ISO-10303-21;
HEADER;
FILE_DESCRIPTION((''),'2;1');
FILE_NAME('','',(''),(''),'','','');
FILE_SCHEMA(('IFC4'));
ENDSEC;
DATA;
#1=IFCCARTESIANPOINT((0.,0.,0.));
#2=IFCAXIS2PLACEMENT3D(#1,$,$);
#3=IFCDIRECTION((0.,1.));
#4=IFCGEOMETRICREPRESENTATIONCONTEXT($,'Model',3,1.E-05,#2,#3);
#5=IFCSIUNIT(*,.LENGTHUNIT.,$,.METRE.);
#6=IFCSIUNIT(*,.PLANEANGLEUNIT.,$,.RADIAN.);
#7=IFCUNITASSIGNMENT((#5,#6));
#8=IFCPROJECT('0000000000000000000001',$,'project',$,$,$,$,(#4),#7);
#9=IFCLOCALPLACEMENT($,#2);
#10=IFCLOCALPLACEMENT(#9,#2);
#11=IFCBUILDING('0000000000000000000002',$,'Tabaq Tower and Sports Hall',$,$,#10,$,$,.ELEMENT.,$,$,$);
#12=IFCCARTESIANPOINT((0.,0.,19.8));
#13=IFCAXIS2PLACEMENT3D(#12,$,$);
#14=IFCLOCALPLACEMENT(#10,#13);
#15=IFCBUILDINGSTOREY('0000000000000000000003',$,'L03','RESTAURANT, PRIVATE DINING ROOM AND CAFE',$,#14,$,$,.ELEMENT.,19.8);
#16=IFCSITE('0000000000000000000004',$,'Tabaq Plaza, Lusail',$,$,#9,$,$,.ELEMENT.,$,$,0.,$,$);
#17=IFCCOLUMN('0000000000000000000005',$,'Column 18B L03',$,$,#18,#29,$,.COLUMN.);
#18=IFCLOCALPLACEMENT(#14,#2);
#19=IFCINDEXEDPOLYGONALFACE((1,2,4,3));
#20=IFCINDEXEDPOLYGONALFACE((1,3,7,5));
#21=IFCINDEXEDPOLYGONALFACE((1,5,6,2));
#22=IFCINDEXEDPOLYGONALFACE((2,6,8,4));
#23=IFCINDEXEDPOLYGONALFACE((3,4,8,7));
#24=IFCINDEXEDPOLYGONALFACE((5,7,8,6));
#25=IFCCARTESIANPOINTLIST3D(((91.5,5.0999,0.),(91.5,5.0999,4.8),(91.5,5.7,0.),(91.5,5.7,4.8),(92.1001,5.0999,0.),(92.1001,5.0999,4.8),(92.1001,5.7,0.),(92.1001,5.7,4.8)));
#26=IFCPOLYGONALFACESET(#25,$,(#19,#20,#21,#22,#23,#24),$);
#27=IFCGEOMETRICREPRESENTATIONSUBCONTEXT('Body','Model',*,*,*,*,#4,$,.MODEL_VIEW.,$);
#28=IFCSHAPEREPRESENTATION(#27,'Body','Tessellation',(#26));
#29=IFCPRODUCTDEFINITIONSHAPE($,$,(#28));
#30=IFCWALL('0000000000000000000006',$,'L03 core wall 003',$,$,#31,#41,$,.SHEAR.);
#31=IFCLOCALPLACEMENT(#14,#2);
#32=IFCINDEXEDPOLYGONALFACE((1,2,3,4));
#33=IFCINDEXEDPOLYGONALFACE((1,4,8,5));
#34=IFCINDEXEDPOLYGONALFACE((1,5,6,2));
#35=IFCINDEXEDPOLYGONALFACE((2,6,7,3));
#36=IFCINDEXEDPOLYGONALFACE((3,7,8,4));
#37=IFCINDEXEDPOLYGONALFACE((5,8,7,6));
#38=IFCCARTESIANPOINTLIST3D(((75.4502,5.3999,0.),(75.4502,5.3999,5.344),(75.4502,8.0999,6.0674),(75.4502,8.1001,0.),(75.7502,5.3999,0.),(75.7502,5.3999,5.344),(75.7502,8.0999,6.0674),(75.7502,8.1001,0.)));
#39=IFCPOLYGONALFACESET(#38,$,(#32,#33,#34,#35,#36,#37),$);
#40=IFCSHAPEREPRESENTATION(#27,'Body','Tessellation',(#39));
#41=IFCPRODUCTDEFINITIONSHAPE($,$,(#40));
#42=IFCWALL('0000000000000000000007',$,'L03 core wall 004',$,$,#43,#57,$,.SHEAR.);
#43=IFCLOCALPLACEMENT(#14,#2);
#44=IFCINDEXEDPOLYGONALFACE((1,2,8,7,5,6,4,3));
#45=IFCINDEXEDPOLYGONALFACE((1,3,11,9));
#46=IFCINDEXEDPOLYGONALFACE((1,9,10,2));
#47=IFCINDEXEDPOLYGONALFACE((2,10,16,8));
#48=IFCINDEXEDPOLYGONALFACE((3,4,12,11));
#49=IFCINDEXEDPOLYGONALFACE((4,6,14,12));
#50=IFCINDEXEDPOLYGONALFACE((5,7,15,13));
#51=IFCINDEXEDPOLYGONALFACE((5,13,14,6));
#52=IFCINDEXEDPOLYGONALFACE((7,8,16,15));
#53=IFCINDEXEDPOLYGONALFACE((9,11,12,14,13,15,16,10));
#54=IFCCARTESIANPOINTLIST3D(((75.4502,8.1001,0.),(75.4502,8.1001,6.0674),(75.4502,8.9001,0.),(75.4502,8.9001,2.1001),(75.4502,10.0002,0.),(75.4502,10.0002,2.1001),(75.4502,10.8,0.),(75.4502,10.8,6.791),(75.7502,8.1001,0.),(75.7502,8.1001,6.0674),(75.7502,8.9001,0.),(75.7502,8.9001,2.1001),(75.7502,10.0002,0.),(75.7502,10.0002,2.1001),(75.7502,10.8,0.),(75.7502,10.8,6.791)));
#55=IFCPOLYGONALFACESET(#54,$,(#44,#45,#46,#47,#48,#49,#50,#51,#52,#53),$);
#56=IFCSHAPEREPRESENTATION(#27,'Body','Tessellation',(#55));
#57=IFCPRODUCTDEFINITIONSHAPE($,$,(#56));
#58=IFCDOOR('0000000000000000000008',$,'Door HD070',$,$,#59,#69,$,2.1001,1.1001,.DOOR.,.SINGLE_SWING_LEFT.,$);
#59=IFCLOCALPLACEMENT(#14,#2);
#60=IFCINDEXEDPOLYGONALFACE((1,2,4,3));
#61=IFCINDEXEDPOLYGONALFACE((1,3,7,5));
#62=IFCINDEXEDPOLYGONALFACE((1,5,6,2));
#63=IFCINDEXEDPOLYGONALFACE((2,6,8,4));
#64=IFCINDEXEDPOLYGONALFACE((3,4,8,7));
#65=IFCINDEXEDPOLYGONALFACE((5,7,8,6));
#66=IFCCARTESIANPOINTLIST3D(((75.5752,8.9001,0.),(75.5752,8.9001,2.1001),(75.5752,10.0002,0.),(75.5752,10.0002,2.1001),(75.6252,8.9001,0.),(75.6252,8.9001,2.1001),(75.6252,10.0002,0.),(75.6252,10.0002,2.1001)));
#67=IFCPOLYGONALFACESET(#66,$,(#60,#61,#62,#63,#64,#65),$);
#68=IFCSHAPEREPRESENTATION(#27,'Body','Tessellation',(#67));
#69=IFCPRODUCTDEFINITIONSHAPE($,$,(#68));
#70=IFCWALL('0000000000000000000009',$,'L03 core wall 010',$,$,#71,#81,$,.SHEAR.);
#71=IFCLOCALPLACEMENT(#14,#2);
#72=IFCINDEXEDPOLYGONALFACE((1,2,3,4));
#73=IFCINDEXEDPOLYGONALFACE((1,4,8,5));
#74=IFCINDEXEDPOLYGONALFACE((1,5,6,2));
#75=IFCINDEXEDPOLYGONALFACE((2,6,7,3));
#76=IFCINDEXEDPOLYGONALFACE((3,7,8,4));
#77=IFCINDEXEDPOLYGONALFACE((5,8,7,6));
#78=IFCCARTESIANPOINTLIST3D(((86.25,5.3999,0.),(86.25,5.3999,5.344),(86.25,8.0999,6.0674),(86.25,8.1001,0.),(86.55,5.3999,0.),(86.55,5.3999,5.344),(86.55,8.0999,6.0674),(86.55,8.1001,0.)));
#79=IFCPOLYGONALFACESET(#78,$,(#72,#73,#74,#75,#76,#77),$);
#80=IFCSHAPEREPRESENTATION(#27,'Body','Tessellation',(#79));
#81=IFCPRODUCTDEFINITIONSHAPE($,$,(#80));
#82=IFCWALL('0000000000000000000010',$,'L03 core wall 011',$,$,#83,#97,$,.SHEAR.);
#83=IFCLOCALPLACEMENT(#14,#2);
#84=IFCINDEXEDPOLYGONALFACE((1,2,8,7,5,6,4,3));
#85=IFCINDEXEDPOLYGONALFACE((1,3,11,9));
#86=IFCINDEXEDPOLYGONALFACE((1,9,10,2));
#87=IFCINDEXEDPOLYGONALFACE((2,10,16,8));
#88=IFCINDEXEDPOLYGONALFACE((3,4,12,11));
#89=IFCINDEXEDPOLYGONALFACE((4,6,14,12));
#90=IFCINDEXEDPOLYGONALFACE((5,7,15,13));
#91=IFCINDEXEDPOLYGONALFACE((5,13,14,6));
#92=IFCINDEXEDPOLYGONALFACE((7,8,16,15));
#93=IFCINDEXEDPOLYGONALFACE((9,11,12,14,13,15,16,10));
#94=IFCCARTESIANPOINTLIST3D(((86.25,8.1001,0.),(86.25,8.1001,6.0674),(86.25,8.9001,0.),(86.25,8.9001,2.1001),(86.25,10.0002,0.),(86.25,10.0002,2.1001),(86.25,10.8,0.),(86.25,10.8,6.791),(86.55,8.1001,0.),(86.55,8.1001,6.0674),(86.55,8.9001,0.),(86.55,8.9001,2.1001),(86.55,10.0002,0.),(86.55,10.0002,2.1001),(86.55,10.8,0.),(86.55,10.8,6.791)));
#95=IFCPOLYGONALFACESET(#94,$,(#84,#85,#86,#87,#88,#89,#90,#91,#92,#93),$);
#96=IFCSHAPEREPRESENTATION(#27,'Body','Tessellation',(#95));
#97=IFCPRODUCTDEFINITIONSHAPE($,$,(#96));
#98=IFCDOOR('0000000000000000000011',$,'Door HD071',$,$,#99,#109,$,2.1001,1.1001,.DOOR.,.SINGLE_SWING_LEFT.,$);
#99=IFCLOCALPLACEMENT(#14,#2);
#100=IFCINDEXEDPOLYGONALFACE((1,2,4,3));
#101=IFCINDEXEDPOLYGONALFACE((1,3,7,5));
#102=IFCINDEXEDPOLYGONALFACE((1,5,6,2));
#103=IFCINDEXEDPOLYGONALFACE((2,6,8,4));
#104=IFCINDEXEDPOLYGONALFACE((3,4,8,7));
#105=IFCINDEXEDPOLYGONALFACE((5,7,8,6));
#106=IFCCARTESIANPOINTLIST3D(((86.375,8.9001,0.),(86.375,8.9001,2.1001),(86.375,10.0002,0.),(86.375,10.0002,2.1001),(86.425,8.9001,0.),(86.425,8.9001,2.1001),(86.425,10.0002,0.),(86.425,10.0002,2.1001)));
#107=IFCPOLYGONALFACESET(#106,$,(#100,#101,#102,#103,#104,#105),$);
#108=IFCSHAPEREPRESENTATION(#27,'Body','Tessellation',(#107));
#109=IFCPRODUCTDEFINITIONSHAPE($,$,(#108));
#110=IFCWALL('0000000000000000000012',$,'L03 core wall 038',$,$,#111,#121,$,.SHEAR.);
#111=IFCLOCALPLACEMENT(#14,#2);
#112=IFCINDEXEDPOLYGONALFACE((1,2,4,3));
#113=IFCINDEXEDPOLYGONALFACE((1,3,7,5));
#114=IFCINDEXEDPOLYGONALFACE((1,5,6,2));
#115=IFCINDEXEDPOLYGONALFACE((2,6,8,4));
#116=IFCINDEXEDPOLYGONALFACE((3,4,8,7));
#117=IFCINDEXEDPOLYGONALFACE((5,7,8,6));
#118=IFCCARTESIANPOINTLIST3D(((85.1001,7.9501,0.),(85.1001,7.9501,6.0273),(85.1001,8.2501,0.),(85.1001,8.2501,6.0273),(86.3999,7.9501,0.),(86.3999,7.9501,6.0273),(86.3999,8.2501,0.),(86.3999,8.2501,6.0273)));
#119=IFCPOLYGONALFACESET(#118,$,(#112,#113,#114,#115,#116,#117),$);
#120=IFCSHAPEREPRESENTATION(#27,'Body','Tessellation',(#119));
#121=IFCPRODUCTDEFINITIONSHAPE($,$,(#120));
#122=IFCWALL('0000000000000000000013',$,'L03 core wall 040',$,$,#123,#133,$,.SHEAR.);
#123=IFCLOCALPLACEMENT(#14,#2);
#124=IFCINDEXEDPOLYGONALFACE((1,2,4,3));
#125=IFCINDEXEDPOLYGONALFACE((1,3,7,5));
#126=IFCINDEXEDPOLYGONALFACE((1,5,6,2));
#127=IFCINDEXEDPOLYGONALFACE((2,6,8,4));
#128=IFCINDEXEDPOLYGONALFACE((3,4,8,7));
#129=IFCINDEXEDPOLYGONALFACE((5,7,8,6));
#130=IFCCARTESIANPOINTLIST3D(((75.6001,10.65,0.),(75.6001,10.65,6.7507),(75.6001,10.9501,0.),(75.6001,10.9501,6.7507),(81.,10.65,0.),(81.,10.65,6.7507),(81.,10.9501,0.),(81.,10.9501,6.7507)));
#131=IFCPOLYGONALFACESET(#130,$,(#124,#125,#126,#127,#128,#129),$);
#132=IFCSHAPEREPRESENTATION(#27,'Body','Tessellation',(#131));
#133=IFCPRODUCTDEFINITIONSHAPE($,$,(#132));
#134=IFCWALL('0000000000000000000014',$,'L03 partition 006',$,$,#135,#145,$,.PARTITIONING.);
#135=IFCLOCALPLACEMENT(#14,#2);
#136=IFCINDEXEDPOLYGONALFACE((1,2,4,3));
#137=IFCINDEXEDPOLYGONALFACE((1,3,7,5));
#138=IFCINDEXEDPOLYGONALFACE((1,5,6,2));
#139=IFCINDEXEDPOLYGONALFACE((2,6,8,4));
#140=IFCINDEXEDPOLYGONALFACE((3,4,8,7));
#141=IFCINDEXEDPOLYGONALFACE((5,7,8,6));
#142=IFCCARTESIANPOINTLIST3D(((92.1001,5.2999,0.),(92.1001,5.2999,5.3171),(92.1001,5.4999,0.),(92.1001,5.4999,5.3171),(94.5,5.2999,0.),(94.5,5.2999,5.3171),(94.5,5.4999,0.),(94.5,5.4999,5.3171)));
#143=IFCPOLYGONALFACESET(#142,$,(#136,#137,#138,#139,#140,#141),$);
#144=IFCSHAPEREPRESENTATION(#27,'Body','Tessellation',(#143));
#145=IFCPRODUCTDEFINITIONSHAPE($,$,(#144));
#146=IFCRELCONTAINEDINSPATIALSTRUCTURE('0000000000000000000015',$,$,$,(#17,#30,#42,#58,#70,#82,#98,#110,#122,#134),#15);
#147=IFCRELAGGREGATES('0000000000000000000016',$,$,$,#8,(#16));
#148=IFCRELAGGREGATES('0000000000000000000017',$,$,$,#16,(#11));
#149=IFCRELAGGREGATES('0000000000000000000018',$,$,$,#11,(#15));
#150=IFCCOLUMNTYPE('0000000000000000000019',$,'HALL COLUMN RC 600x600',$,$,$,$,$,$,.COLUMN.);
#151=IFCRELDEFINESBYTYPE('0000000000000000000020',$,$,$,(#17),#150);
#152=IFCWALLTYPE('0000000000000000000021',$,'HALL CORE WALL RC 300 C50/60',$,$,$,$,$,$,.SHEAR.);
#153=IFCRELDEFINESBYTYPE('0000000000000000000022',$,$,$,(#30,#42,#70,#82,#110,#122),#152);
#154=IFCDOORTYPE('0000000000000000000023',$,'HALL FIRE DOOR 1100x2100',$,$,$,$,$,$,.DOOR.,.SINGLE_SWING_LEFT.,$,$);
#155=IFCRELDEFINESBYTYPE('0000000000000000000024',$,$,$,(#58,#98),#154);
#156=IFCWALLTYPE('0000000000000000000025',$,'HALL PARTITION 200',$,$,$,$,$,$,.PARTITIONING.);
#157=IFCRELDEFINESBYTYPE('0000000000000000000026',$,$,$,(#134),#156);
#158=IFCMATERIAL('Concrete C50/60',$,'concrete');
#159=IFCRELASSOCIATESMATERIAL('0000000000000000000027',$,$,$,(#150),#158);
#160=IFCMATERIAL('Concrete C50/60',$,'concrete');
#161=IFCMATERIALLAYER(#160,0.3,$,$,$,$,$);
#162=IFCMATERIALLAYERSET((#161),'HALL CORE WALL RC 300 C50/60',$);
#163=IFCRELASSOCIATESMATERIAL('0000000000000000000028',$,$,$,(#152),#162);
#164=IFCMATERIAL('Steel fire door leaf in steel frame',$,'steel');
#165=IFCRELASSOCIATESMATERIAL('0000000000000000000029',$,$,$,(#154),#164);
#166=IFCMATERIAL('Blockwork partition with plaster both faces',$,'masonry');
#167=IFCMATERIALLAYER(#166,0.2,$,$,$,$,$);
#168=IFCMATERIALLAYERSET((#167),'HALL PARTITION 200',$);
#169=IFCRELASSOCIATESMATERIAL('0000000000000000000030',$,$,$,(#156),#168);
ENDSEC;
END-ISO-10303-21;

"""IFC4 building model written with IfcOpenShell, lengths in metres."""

from ifc_helpers import new_model, si_unit, direction, frame, frame_2d, origin, origin_2d, place, context, subcontext, project, spatial, polyline, rectangle, outline, extrude, material, layer, layer_set, material_profile, profile_set, type_object, element, fill, save


model = new_model("IFC4")

# Units and contexts
model_context = context("Model", 3, precision=1e-05, world=origin(), true_north=direction((0.0, 1.0)))
body_context = subcontext(model_context, "Body", "Model", "MODEL_VIEW")
ifc_project = project(units=[si_unit("LENGTHUNIT", "METRE"), si_unit("PLANEANGLEUNIT", "RADIAN")], contexts=[model_context])

# Site, building, storey
site_placement = place(None, origin())
site = spatial("IfcSite", under=ifc_project, at=site_placement, Name="Tabaq Plaza, Lusail", CompositionType="ELEMENT", RefElevation=0.0)
building_placement = place(site_placement, origin())
building = spatial("IfcBuilding", under=site, at=building_placement, Name="Tabaq Tower and Sports Hall", CompositionType="ELEMENT")
storey_placement = place(building_placement, frame((0.0, 0.0, 19.8)))
storey = spatial("IfcBuildingStorey", under=building, at=storey_placement, Name="L03", Description="RESTAURANT, PRIVATE DINING ROOM AND CAFE", CompositionType="ELEMENT", Elevation=19.8)

# Column
ifc_material_1 = material(Name="Concrete C50/60", Category="concrete")
ifc_material_profile = material_profile(ifc_material_1, rectangle(XDim=0.6001, YDim=0.6001, at=origin_2d()), Name="RC 600x600")
ifc_profile_set = profile_set([ifc_material_profile], Name="Concrete C50/60")
column_type = type_object("IfcColumnType", Name="HALL COLUMN RC 600x600", PredefinedType="COLUMN", material=ifc_profile_set)
column_placement = place(storey_placement, frame((91.8, 5.3999, 0.0), z_axis=(0.0, 0.0, 1.0), x_axis=(1.0, 0.0, 0.0)))
element("IfcColumn", 1, at=column_placement, inside=storey, type_object=column_type, Name="Column 18B L03", PredefinedType="COLUMN", context=body_context, shape_type="SweptSolid", body=[
    extrude(rectangle(XDim=0.6001, YDim=0.6001, at=origin_2d()), origin(), (0.0, 0.0, 1.0), 4.8),
])

# Wall
ifc_material_2 = material(Name="Concrete C50/60", Category="concrete")
ifc_layer_1 = layer(ifc_material_2, 0.3)
ifc_layer_set_1 = layer_set([ifc_layer_1], Name="HALL CORE WALL RC 300 C50/60")
wall_type_1 = type_object("IfcWallType", Name="HALL CORE WALL RC 300 C50/60", PredefinedType="SHEAR", material=ifc_layer_set_1)
wall_1_placement = place(storey_placement, frame((75.6001, 5.3999, 0.0), z_axis=(0.0, 0.0, 1.0), x_axis=(0.0, 1.0, 0.0)))
element("IfcWall", 2, at=wall_1_placement, inside=storey, type_object=wall_type_1, Name="L03 core wall 003", PredefinedType="SHEAR", context=body_context, shape_type="SweptSolid", body=[
    extrude(outline(polyline([(0.0, 0.0), (2.7002, 0.0), (2.7, 6.0674), (0.0, 5.344), (0.0, 0.0)])), frame((0.0, 0.1499, 0.0), z_axis=(0.0, -1.0, 0.0), x_axis=(1.0, 0.0, 0.0)), (0.0, 0.0, 1.0), 0.3),
])

# Wall, opening, door
wall_2_placement = place(storey_placement, frame((75.6001, 8.1001, 0.0), z_axis=(0.0, 0.0, 1.0), x_axis=(0.0, 1.0, 0.0)))
wall_2 = element("IfcWall", 3, at=wall_2_placement, inside=storey, type_object=wall_type_1, Name="L03 core wall 004", PredefinedType="SHEAR", context=body_context, shape_type="SweptSolid", body=[
    extrude(outline(polyline([(0.0, 0.0), (2.7, 0.0), (2.7, 6.791), (0.0, 6.0674), (0.0, 0.0)])), frame((0.0, 0.1499, 0.0), z_axis=(0.0, -1.0, 0.0), x_axis=(1.0, 0.0, 0.0)), (0.0, 0.0, 1.0), 0.3),
])
opening_1_placement = place(wall_2_placement, frame((0.8, 0.0, 0.0)))
opening_1 = element("IfcOpeningElement", 4, at=opening_1_placement, cuts=wall_2, PredefinedType="OPENING", context=body_context, shape_type="SweptSolid", body=[
    extrude(rectangle(XDim=1.1001, YDim=2.1001, at=frame_2d((0.55, 1.05))), frame((0.0, 0.1499, 0.0), z_axis=(0.0, -1.0, 0.0), x_axis=(1.0, 0.0, 0.0)), (0.0, 0.0, 1.0), 0.3),
])
ifc_material_3 = material(Name="Steel fire door leaf in steel frame", Category="steel")
door_type_1 = type_object("IfcDoorType", Name="HALL FIRE DOOR 1100x2100", OperationType="SINGLE_SWING_LEFT", PredefinedType="DOOR", material=ifc_material_3)
door_1_placement = place(opening_1_placement, origin())
door_1 = element("IfcDoor", 5, at=door_1_placement, inside=storey, type_object=door_type_1, Name="Door HD070", OperationType="SINGLE_SWING_LEFT", OverallHeight=2.1001, OverallWidth=1.1001, PredefinedType="DOOR", context=body_context, shape_type="SweptSolid", body=[
    extrude(rectangle(XDim=1.1001, YDim=2.1001, at=frame_2d((0.55, 1.05))), frame((0.0, 0.0249, 0.0), z_axis=(0.0, -1.0, 0.0), x_axis=(1.0, 0.0, 0.0)), (0.0, 0.0, 1.0), 0.05),
])
fill(opening_1, door_1)

# Wall
wall_3_placement = place(storey_placement, frame((86.3999, 5.3999, 0.0), z_axis=(0.0, 0.0, 1.0), x_axis=(0.0, 1.0, 0.0)))
element("IfcWall", 6, at=wall_3_placement, inside=storey, type_object=wall_type_1, Name="L03 core wall 010", PredefinedType="SHEAR", context=body_context, shape_type="SweptSolid", body=[
    extrude(outline(polyline([(0.0, 0.0), (2.7002, 0.0), (2.7, 6.0674), (0.0, 5.344), (0.0, 0.0)])), frame((0.0, 0.1499, 0.0), z_axis=(0.0, -1.0, 0.0), x_axis=(1.0, 0.0, 0.0)), (0.0, 0.0, 1.0), 0.3),
])

# Wall, opening, door
wall_4_placement = place(storey_placement, frame((86.3999, 8.1001, 0.0), z_axis=(0.0, 0.0, 1.0), x_axis=(0.0, 1.0, 0.0)))
wall_4 = element("IfcWall", 7, at=wall_4_placement, inside=storey, type_object=wall_type_1, Name="L03 core wall 011", PredefinedType="SHEAR", context=body_context, shape_type="SweptSolid", body=[
    extrude(outline(polyline([(0.0, 0.0), (2.7, 0.0), (2.7, 6.791), (0.0, 6.0674), (0.0, 0.0)])), frame((0.0, 0.1499, 0.0), z_axis=(0.0, -1.0, 0.0), x_axis=(1.0, 0.0, 0.0)), (0.0, 0.0, 1.0), 0.3),
])
opening_2_placement = place(wall_4_placement, frame((0.8, 0.0, 0.0)))
opening_2 = element("IfcOpeningElement", 8, at=opening_2_placement, cuts=wall_4, PredefinedType="OPENING", context=body_context, shape_type="SweptSolid", body=[
    extrude(rectangle(XDim=1.1001, YDim=2.1001, at=frame_2d((0.55, 1.05))), frame((0.0, 0.1499, 0.0), z_axis=(0.0, -1.0, 0.0), x_axis=(1.0, 0.0, 0.0)), (0.0, 0.0, 1.0), 0.3),
])
door_2_placement = place(opening_2_placement, origin())
door_2 = element("IfcDoor", 9, at=door_2_placement, inside=storey, type_object=door_type_1, Name="Door HD071", OperationType="SINGLE_SWING_LEFT", OverallHeight=2.1001, OverallWidth=1.1001, PredefinedType="DOOR", context=body_context, shape_type="SweptSolid", body=[
    extrude(rectangle(XDim=1.1001, YDim=2.1001, at=frame_2d((0.55, 1.05))), frame((0.0, 0.0249, 0.0), z_axis=(0.0, -1.0, 0.0), x_axis=(1.0, 0.0, 0.0)), (0.0, 0.0, 1.0), 0.05),
])
fill(opening_2, door_2)

# Walls
wall_5_placement = place(storey_placement, frame((85.1001, 8.1001, 0.0), z_axis=(0.0, 0.0, 1.0), x_axis=(1.0, 0.0, 0.0)))
element("IfcWall", 10, at=wall_5_placement, inside=storey, type_object=wall_type_1, Name="L03 core wall 038", PredefinedType="SHEAR", context=body_context, shape_type="SweptSolid", body=[
    extrude(rectangle(XDim=1.2998, YDim=0.3, at=frame_2d((0.6499, 0.0))), origin(), (0.0, 0.0, 1.0), 6.0273),
])
wall_6_placement = place(storey_placement, frame((75.6001, 10.8, 0.0), z_axis=(0.0, 0.0, 1.0), x_axis=(1.0, 0.0, 0.0)))
element("IfcWall", 11, at=wall_6_placement, inside=storey, type_object=wall_type_1, Name="L03 core wall 040", PredefinedType="SHEAR", context=body_context, shape_type="SweptSolid", body=[
    extrude(rectangle(XDim=5.3999, YDim=0.3, at=frame_2d((2.7, 0.0))), origin(), (0.0, 0.0, 1.0), 6.7507),
])

# Shared definitions
ifc_material_4 = material(Name="Blockwork partition with plaster both faces", Category="masonry")
ifc_layer_2 = layer(ifc_material_4, 0.2)
ifc_layer_set_2 = layer_set([ifc_layer_2], Name="HALL PARTITION 200")
wall_type_2 = type_object("IfcWallType", Name="HALL PARTITION 200", PredefinedType="PARTITIONING", material=ifc_layer_set_2)

# Wall
wall_7_placement = place(storey_placement, frame((92.1001, 5.3999, 0.0), z_axis=(0.0, 0.0, 1.0), x_axis=(1.0, 0.0, 0.0)))
element("IfcWall", 12, at=wall_7_placement, inside=storey, type_object=wall_type_2, Name="L03 partition 006", PredefinedType="PARTITIONING", context=body_context, shape_type="SweptSolid", body=[
    extrude(rectangle(XDim=2.3999, YDim=0.2, at=frame_2d((1.2, 0.0))), origin(), (0.0, 0.0, 1.0), 5.3171),
])

save(model, "model.ifc")
